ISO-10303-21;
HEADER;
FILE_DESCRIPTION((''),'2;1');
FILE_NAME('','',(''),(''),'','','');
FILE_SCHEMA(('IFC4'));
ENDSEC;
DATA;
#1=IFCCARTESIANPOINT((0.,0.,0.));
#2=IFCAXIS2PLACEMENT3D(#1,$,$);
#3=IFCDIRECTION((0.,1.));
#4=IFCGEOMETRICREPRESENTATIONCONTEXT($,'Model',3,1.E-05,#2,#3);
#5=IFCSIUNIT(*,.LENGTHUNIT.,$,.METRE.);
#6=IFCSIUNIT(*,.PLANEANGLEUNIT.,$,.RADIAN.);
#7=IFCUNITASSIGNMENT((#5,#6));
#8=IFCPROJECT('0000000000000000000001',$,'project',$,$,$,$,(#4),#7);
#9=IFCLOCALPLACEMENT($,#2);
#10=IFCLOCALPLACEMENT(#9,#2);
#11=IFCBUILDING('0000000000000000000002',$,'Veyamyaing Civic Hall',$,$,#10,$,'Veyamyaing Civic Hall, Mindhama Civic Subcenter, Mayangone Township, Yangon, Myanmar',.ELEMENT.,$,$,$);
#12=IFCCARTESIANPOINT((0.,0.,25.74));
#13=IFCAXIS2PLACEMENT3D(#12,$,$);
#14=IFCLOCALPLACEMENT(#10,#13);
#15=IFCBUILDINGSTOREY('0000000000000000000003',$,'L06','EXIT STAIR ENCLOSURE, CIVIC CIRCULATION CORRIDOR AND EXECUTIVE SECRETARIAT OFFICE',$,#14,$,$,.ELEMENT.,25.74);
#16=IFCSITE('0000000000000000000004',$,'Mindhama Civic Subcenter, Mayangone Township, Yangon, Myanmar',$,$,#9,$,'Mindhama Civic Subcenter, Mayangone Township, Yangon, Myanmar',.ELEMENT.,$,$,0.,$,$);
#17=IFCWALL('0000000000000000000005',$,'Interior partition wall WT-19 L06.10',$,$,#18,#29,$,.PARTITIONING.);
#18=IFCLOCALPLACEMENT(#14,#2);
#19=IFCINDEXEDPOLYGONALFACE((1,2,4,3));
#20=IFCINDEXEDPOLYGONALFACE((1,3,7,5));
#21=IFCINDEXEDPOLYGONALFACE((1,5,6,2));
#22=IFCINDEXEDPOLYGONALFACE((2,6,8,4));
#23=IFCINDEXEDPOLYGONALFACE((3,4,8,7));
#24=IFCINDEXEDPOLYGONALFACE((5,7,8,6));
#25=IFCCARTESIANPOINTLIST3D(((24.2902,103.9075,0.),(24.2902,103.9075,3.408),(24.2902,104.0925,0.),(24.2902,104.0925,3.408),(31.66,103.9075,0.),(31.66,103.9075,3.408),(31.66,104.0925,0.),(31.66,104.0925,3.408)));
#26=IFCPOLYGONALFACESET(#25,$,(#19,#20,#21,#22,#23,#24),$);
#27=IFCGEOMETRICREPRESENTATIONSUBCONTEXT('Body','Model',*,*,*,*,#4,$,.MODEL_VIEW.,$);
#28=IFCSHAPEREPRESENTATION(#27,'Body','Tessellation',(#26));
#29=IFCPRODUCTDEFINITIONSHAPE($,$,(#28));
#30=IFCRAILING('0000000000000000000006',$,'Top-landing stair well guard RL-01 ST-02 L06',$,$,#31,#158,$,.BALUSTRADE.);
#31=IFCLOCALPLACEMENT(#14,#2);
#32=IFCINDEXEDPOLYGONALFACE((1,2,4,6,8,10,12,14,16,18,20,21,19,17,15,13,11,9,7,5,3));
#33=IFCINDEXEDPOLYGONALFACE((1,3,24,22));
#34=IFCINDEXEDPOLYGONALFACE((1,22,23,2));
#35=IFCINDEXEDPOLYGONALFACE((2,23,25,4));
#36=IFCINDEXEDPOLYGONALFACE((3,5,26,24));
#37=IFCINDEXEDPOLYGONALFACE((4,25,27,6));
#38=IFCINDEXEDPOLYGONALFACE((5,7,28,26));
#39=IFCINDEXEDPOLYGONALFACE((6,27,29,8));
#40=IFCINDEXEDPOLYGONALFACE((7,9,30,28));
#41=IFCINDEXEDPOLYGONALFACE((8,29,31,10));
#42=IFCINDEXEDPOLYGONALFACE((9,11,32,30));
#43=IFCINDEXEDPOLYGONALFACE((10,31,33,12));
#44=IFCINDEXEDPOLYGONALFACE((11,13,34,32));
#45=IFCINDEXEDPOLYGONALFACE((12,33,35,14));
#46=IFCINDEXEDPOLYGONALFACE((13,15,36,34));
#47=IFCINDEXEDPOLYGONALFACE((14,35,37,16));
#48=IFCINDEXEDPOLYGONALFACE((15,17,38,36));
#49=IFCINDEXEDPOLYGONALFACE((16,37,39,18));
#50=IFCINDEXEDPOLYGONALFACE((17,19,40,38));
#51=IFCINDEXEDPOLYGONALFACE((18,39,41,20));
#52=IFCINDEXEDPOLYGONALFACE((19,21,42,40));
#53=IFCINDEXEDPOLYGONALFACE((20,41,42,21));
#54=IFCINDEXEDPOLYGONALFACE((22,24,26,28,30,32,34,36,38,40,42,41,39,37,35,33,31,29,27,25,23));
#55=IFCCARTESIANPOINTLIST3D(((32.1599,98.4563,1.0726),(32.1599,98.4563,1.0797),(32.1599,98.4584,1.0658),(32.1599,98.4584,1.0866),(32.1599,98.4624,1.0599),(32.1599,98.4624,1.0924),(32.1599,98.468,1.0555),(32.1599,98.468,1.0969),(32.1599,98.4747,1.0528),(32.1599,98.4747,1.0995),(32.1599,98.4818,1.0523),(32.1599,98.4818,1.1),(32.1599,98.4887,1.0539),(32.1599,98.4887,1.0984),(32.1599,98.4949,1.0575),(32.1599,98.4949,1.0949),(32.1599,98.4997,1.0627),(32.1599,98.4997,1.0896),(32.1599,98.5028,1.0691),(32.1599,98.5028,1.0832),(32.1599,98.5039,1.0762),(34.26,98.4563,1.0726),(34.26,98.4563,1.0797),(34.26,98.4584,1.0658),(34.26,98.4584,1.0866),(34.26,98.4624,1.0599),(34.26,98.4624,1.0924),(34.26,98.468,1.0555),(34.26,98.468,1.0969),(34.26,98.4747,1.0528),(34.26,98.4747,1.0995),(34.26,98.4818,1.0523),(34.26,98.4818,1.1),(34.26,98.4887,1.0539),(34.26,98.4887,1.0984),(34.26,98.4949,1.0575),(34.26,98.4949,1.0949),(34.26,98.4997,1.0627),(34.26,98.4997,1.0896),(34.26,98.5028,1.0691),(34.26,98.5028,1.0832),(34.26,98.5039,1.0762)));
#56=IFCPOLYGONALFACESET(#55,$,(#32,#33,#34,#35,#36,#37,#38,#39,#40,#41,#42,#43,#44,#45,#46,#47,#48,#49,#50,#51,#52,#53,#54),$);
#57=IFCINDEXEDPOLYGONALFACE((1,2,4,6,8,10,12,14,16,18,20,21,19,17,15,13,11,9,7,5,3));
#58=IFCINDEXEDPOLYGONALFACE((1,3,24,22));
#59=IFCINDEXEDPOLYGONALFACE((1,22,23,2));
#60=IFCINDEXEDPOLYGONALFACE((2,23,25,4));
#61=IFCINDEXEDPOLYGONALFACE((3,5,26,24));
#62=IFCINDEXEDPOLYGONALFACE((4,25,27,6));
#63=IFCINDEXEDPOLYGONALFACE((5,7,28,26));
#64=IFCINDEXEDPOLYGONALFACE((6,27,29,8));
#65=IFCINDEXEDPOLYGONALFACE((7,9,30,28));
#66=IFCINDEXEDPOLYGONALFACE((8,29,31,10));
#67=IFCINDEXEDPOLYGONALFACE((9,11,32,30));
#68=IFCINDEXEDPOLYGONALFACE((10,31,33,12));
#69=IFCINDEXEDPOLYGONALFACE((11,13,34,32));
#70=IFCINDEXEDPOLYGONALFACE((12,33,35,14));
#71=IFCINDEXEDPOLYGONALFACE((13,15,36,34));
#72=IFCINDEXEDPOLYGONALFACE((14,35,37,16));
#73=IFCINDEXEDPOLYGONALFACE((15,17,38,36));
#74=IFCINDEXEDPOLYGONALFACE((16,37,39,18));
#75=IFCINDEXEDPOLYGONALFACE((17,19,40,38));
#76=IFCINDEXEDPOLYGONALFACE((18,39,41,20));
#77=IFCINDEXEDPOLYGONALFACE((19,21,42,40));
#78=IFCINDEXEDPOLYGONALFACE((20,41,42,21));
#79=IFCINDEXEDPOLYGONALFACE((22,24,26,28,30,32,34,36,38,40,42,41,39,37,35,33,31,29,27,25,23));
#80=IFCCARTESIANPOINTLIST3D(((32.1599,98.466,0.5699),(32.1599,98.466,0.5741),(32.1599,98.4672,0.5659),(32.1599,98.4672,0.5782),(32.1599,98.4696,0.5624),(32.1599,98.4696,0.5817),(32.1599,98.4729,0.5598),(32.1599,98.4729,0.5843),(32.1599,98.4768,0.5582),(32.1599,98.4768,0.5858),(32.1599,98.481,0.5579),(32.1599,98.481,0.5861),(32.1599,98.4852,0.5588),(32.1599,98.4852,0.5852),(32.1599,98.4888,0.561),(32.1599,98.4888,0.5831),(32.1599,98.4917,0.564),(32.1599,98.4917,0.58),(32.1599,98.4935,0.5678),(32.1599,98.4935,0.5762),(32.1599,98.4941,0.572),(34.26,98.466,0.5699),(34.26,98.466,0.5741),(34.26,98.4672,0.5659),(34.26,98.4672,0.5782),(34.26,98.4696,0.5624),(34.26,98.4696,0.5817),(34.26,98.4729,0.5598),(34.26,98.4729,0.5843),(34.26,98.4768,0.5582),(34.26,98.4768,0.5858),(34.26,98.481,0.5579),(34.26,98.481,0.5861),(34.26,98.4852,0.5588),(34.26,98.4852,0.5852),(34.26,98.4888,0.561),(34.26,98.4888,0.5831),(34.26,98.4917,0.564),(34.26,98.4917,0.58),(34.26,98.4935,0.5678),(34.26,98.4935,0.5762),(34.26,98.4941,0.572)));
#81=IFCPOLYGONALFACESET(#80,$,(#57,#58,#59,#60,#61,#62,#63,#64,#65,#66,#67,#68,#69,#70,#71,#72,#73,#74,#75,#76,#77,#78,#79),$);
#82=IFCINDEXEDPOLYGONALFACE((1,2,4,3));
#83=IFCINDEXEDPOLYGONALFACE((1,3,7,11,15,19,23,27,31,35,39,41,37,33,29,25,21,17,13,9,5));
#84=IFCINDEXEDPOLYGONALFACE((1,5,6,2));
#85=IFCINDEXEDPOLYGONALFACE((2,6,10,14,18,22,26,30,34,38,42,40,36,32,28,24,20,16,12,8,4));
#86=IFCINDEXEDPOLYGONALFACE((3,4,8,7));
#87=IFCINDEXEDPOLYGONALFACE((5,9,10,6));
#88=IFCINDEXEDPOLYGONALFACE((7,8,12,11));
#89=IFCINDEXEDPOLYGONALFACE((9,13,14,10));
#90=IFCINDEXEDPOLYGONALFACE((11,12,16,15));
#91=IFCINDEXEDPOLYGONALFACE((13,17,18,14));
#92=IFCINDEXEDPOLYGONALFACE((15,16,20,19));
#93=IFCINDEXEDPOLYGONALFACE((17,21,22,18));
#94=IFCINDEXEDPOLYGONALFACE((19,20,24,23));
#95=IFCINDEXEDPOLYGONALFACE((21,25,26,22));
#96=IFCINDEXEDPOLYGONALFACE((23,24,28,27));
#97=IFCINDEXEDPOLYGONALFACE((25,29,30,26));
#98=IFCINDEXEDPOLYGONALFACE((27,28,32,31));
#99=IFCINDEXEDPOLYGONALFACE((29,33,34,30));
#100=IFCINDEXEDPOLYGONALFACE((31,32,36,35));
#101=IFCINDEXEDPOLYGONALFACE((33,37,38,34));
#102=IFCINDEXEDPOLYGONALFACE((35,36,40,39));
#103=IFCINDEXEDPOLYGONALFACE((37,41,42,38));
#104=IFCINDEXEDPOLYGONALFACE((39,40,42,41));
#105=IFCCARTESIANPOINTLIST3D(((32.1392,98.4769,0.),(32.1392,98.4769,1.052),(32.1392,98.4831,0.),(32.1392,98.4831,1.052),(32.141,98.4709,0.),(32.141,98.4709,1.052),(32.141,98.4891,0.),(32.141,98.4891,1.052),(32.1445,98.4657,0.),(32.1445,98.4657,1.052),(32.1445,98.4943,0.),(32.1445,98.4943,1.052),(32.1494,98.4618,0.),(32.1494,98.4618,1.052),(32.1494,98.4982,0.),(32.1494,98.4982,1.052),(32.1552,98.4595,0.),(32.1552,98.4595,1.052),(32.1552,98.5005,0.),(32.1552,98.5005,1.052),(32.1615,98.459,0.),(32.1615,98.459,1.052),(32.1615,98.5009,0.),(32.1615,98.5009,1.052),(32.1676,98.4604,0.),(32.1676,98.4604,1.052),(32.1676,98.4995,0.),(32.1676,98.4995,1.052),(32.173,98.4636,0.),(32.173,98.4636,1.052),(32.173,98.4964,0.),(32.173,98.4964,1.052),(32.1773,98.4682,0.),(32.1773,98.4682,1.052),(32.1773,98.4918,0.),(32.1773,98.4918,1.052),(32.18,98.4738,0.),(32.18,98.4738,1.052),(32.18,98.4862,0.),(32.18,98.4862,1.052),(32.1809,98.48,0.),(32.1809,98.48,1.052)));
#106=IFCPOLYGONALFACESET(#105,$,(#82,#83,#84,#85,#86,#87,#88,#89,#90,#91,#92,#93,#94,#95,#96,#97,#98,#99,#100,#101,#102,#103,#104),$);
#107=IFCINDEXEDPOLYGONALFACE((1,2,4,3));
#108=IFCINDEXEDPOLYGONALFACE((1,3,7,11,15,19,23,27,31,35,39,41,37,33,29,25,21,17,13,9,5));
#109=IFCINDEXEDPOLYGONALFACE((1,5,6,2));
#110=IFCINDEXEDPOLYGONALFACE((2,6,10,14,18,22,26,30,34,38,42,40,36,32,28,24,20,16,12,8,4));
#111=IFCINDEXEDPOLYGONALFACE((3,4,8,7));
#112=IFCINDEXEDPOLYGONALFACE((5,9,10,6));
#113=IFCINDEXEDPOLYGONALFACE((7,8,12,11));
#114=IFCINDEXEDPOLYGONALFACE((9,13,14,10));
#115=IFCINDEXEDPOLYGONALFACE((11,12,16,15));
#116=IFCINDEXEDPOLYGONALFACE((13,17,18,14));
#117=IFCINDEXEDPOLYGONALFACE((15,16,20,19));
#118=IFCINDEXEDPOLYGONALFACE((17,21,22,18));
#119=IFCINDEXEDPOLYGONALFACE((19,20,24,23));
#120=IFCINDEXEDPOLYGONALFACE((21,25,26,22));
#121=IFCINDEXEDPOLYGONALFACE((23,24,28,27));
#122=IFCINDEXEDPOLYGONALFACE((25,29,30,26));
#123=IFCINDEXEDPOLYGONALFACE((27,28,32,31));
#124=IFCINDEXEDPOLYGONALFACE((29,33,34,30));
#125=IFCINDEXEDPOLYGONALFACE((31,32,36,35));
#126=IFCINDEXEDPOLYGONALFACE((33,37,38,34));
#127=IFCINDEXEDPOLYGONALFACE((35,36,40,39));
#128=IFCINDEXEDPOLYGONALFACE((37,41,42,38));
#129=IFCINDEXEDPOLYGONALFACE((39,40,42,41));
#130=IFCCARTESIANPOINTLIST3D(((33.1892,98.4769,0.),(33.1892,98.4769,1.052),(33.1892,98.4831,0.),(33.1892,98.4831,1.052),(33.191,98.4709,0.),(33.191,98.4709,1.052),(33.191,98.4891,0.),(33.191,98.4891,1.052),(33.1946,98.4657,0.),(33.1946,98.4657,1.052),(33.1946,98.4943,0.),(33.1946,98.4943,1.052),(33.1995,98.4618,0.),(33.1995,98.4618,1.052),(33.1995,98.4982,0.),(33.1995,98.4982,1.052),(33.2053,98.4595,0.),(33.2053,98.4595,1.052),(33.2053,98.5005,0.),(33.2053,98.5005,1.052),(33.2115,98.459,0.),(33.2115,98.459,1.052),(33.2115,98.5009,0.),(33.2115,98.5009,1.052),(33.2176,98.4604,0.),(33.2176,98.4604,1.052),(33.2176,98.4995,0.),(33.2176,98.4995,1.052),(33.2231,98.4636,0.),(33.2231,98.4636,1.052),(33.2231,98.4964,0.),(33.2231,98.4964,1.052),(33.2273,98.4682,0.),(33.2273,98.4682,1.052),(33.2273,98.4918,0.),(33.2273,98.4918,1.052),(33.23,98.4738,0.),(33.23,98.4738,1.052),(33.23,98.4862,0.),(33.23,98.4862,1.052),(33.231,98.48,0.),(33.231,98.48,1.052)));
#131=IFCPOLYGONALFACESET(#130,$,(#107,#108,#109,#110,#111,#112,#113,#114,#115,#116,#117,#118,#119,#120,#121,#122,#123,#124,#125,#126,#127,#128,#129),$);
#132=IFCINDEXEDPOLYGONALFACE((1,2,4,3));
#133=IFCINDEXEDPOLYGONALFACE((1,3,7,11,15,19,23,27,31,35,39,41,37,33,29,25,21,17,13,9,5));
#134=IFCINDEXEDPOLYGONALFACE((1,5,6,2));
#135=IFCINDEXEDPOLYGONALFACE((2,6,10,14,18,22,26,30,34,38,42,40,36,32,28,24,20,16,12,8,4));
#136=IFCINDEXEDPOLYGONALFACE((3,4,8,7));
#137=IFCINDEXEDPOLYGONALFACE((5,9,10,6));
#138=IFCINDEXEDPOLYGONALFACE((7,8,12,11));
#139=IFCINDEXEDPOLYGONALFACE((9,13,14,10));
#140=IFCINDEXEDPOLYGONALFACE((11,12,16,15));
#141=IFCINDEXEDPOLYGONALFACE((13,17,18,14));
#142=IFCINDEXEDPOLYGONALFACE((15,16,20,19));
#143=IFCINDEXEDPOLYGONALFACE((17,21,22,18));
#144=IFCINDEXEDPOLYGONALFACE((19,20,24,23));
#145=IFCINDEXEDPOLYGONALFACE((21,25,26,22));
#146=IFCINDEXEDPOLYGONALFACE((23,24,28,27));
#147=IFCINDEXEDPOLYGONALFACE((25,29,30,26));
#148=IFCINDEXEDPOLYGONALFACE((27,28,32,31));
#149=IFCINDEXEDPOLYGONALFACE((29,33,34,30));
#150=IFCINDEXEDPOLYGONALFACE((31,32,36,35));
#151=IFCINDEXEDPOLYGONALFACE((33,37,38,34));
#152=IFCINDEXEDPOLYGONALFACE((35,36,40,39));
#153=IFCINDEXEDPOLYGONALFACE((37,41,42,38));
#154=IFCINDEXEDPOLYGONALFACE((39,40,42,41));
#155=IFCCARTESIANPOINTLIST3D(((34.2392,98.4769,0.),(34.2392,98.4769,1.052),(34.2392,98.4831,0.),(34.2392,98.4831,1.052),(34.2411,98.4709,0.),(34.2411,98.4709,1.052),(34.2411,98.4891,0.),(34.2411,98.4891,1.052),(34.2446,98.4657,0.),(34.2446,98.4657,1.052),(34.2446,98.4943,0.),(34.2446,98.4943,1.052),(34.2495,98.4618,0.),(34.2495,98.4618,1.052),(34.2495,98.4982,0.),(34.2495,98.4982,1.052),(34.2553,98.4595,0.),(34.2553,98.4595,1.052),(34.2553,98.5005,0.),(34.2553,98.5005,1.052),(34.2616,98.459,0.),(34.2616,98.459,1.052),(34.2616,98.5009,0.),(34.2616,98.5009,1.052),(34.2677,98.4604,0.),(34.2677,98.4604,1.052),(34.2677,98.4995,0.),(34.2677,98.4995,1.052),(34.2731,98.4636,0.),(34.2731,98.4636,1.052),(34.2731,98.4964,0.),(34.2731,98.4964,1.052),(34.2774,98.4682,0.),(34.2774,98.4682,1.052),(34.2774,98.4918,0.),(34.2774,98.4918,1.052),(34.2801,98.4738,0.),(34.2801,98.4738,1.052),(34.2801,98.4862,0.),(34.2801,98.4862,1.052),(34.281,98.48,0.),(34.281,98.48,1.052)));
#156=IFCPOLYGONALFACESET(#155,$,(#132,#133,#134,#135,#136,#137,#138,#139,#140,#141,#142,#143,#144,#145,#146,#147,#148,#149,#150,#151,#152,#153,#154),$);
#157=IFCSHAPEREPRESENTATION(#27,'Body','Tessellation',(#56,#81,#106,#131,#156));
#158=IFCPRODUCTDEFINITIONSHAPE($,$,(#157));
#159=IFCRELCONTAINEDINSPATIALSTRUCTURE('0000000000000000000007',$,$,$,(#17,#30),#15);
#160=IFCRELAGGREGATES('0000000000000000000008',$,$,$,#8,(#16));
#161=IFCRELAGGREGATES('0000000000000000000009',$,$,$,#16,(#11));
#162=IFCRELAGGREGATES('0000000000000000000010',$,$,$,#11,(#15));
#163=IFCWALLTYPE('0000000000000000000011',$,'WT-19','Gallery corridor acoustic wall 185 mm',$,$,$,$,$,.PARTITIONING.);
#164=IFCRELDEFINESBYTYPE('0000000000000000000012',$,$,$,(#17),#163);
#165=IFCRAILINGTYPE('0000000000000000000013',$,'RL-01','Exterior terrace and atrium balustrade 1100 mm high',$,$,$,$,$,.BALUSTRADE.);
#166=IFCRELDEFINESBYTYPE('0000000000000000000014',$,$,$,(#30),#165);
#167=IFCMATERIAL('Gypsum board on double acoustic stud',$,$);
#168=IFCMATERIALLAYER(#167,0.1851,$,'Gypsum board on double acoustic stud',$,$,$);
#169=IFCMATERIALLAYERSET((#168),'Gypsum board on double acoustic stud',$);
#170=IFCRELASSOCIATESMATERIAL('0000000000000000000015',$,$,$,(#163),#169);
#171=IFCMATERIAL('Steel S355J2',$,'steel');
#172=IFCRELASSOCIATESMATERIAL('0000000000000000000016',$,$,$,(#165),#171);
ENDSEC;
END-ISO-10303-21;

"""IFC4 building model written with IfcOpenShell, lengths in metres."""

from ifc_helpers import new_model, si_unit, direction, frame, frame_2d, origin, origin_2d, place, context, subcontext, project, spatial, rectangle, circle, extrude, material, layer, layer_set, type_object, element, save


model = new_model("IFC4")

# Units and contexts
model_context = context("Model", 3, precision=1e-05, world=origin(), true_north=direction((0.0, 1.0)))
body_context = subcontext(model_context, "Body", "Model", "MODEL_VIEW")
ifc_project = project(units=[si_unit("LENGTHUNIT", "METRE"), si_unit("PLANEANGLEUNIT", "RADIAN")], contexts=[model_context])

# Site, building, storey
site_placement = place(None, origin())
site = spatial("IfcSite", under=ifc_project, at=site_placement, Name="Mindhama Civic Subcenter, Mayangone Township, Yangon, Myanmar", LongName="Mindhama Civic Subcenter, Mayangone Township, Yangon, Myanmar", CompositionType="ELEMENT", RefElevation=0.0)
building_placement = place(site_placement, origin())
building = spatial("IfcBuilding", under=site, at=building_placement, Name="Veyamyaing Civic Hall", LongName="Veyamyaing Civic Hall, Mindhama Civic Subcenter, Mayangone Township, Yangon, Myanmar", CompositionType="ELEMENT")
storey_placement = place(building_placement, frame((0.0, 0.0, 25.74)))
storey = spatial("IfcBuildingStorey", under=building, at=storey_placement, Name="L06", Description="EXIT STAIR ENCLOSURE, CIVIC CIRCULATION CORRIDOR AND EXECUTIVE SECRETARIAT OFFICE", CompositionType="ELEMENT", Elevation=25.74)

# Wall
ifc_material_1 = material(Name="Gypsum board on double acoustic stud")
ifc_layer_1 = layer(ifc_material_1, 0.1851, Name="Gypsum board on double acoustic stud")
ifc_layer_set_1 = layer_set([ifc_layer_1], Name="Gypsum board on double acoustic stud")
wall_type_1 = type_object("IfcWallType", Name="WT-19", Description="Gallery corridor acoustic wall 185 mm", PredefinedType="PARTITIONING", material=ifc_layer_set_1)
wall_1_placement = place(storey_placement, frame((24.29, 104.0, 0.0), z_axis=(0.0, 0.0, 1.0), x_axis=(1.0, 0.0, 0.0)))
element("IfcWall", 1, at=wall_1_placement, inside=storey, type_object=wall_type_1, Name="Interior partition wall WT-19 L06.10", PredefinedType="PARTITIONING", context=body_context, shape_type="SweptSolid", body=[
    extrude(rectangle(XDim=7.3699, YDim=0.1851, at=frame_2d((3.6851, 0.0))), origin(), (0.0, 0.0, 1.0), 3.408),
])

# Railing
ifc_material_2 = material(Name="Steel S355J2", Category="steel")
railing_type = type_object("IfcRailingType", Name="RL-01", Description="Exterior terrace and atrium balustrade 1100 mm high", PredefinedType="BALUSTRADE", material=ifc_material_2)
railing_placement = place(storey_placement, frame((32.1599, 98.48, 0.0)))
element("IfcRailing", 2, at=railing_placement, inside=storey, type_object=railing_type, Name="Top-landing stair well guard RL-01 ST-02 L06", PredefinedType="BALUSTRADE", context=body_context, shape_type="SweptSolid", body=[
    extrude(circle(Radius=0.0239, at=origin_2d()), frame((0.0, 0.0, 1.0762), z_axis=(1.0, 0.0, 0.0), x_axis=(0.0, 1.0, 0.0)), (0.0, 0.0, 1.0), 2.1001),
    extrude(circle(Radius=0.0142, at=origin_2d()), frame((0.0, 0.0, 0.572), z_axis=(1.0, 0.0, 0.0), x_axis=(0.0, 1.0, 0.0)), (0.0, 0.0, 1.0), 2.1001),
    extrude(circle(Radius=0.021, at=origin_2d()), origin(), (0.0, 0.0, 1.0), 1.052),
    extrude(circle(Radius=0.021, at=origin_2d()), frame((1.05, 0.0, 0.0)), (0.0, 0.0, 1.0), 1.052),
    extrude(circle(Radius=0.021, at=origin_2d()), frame((2.1001, 0.0, 0.0)), (0.0, 0.0, 1.0), 1.052),
])

save(model, "model.ifc")
